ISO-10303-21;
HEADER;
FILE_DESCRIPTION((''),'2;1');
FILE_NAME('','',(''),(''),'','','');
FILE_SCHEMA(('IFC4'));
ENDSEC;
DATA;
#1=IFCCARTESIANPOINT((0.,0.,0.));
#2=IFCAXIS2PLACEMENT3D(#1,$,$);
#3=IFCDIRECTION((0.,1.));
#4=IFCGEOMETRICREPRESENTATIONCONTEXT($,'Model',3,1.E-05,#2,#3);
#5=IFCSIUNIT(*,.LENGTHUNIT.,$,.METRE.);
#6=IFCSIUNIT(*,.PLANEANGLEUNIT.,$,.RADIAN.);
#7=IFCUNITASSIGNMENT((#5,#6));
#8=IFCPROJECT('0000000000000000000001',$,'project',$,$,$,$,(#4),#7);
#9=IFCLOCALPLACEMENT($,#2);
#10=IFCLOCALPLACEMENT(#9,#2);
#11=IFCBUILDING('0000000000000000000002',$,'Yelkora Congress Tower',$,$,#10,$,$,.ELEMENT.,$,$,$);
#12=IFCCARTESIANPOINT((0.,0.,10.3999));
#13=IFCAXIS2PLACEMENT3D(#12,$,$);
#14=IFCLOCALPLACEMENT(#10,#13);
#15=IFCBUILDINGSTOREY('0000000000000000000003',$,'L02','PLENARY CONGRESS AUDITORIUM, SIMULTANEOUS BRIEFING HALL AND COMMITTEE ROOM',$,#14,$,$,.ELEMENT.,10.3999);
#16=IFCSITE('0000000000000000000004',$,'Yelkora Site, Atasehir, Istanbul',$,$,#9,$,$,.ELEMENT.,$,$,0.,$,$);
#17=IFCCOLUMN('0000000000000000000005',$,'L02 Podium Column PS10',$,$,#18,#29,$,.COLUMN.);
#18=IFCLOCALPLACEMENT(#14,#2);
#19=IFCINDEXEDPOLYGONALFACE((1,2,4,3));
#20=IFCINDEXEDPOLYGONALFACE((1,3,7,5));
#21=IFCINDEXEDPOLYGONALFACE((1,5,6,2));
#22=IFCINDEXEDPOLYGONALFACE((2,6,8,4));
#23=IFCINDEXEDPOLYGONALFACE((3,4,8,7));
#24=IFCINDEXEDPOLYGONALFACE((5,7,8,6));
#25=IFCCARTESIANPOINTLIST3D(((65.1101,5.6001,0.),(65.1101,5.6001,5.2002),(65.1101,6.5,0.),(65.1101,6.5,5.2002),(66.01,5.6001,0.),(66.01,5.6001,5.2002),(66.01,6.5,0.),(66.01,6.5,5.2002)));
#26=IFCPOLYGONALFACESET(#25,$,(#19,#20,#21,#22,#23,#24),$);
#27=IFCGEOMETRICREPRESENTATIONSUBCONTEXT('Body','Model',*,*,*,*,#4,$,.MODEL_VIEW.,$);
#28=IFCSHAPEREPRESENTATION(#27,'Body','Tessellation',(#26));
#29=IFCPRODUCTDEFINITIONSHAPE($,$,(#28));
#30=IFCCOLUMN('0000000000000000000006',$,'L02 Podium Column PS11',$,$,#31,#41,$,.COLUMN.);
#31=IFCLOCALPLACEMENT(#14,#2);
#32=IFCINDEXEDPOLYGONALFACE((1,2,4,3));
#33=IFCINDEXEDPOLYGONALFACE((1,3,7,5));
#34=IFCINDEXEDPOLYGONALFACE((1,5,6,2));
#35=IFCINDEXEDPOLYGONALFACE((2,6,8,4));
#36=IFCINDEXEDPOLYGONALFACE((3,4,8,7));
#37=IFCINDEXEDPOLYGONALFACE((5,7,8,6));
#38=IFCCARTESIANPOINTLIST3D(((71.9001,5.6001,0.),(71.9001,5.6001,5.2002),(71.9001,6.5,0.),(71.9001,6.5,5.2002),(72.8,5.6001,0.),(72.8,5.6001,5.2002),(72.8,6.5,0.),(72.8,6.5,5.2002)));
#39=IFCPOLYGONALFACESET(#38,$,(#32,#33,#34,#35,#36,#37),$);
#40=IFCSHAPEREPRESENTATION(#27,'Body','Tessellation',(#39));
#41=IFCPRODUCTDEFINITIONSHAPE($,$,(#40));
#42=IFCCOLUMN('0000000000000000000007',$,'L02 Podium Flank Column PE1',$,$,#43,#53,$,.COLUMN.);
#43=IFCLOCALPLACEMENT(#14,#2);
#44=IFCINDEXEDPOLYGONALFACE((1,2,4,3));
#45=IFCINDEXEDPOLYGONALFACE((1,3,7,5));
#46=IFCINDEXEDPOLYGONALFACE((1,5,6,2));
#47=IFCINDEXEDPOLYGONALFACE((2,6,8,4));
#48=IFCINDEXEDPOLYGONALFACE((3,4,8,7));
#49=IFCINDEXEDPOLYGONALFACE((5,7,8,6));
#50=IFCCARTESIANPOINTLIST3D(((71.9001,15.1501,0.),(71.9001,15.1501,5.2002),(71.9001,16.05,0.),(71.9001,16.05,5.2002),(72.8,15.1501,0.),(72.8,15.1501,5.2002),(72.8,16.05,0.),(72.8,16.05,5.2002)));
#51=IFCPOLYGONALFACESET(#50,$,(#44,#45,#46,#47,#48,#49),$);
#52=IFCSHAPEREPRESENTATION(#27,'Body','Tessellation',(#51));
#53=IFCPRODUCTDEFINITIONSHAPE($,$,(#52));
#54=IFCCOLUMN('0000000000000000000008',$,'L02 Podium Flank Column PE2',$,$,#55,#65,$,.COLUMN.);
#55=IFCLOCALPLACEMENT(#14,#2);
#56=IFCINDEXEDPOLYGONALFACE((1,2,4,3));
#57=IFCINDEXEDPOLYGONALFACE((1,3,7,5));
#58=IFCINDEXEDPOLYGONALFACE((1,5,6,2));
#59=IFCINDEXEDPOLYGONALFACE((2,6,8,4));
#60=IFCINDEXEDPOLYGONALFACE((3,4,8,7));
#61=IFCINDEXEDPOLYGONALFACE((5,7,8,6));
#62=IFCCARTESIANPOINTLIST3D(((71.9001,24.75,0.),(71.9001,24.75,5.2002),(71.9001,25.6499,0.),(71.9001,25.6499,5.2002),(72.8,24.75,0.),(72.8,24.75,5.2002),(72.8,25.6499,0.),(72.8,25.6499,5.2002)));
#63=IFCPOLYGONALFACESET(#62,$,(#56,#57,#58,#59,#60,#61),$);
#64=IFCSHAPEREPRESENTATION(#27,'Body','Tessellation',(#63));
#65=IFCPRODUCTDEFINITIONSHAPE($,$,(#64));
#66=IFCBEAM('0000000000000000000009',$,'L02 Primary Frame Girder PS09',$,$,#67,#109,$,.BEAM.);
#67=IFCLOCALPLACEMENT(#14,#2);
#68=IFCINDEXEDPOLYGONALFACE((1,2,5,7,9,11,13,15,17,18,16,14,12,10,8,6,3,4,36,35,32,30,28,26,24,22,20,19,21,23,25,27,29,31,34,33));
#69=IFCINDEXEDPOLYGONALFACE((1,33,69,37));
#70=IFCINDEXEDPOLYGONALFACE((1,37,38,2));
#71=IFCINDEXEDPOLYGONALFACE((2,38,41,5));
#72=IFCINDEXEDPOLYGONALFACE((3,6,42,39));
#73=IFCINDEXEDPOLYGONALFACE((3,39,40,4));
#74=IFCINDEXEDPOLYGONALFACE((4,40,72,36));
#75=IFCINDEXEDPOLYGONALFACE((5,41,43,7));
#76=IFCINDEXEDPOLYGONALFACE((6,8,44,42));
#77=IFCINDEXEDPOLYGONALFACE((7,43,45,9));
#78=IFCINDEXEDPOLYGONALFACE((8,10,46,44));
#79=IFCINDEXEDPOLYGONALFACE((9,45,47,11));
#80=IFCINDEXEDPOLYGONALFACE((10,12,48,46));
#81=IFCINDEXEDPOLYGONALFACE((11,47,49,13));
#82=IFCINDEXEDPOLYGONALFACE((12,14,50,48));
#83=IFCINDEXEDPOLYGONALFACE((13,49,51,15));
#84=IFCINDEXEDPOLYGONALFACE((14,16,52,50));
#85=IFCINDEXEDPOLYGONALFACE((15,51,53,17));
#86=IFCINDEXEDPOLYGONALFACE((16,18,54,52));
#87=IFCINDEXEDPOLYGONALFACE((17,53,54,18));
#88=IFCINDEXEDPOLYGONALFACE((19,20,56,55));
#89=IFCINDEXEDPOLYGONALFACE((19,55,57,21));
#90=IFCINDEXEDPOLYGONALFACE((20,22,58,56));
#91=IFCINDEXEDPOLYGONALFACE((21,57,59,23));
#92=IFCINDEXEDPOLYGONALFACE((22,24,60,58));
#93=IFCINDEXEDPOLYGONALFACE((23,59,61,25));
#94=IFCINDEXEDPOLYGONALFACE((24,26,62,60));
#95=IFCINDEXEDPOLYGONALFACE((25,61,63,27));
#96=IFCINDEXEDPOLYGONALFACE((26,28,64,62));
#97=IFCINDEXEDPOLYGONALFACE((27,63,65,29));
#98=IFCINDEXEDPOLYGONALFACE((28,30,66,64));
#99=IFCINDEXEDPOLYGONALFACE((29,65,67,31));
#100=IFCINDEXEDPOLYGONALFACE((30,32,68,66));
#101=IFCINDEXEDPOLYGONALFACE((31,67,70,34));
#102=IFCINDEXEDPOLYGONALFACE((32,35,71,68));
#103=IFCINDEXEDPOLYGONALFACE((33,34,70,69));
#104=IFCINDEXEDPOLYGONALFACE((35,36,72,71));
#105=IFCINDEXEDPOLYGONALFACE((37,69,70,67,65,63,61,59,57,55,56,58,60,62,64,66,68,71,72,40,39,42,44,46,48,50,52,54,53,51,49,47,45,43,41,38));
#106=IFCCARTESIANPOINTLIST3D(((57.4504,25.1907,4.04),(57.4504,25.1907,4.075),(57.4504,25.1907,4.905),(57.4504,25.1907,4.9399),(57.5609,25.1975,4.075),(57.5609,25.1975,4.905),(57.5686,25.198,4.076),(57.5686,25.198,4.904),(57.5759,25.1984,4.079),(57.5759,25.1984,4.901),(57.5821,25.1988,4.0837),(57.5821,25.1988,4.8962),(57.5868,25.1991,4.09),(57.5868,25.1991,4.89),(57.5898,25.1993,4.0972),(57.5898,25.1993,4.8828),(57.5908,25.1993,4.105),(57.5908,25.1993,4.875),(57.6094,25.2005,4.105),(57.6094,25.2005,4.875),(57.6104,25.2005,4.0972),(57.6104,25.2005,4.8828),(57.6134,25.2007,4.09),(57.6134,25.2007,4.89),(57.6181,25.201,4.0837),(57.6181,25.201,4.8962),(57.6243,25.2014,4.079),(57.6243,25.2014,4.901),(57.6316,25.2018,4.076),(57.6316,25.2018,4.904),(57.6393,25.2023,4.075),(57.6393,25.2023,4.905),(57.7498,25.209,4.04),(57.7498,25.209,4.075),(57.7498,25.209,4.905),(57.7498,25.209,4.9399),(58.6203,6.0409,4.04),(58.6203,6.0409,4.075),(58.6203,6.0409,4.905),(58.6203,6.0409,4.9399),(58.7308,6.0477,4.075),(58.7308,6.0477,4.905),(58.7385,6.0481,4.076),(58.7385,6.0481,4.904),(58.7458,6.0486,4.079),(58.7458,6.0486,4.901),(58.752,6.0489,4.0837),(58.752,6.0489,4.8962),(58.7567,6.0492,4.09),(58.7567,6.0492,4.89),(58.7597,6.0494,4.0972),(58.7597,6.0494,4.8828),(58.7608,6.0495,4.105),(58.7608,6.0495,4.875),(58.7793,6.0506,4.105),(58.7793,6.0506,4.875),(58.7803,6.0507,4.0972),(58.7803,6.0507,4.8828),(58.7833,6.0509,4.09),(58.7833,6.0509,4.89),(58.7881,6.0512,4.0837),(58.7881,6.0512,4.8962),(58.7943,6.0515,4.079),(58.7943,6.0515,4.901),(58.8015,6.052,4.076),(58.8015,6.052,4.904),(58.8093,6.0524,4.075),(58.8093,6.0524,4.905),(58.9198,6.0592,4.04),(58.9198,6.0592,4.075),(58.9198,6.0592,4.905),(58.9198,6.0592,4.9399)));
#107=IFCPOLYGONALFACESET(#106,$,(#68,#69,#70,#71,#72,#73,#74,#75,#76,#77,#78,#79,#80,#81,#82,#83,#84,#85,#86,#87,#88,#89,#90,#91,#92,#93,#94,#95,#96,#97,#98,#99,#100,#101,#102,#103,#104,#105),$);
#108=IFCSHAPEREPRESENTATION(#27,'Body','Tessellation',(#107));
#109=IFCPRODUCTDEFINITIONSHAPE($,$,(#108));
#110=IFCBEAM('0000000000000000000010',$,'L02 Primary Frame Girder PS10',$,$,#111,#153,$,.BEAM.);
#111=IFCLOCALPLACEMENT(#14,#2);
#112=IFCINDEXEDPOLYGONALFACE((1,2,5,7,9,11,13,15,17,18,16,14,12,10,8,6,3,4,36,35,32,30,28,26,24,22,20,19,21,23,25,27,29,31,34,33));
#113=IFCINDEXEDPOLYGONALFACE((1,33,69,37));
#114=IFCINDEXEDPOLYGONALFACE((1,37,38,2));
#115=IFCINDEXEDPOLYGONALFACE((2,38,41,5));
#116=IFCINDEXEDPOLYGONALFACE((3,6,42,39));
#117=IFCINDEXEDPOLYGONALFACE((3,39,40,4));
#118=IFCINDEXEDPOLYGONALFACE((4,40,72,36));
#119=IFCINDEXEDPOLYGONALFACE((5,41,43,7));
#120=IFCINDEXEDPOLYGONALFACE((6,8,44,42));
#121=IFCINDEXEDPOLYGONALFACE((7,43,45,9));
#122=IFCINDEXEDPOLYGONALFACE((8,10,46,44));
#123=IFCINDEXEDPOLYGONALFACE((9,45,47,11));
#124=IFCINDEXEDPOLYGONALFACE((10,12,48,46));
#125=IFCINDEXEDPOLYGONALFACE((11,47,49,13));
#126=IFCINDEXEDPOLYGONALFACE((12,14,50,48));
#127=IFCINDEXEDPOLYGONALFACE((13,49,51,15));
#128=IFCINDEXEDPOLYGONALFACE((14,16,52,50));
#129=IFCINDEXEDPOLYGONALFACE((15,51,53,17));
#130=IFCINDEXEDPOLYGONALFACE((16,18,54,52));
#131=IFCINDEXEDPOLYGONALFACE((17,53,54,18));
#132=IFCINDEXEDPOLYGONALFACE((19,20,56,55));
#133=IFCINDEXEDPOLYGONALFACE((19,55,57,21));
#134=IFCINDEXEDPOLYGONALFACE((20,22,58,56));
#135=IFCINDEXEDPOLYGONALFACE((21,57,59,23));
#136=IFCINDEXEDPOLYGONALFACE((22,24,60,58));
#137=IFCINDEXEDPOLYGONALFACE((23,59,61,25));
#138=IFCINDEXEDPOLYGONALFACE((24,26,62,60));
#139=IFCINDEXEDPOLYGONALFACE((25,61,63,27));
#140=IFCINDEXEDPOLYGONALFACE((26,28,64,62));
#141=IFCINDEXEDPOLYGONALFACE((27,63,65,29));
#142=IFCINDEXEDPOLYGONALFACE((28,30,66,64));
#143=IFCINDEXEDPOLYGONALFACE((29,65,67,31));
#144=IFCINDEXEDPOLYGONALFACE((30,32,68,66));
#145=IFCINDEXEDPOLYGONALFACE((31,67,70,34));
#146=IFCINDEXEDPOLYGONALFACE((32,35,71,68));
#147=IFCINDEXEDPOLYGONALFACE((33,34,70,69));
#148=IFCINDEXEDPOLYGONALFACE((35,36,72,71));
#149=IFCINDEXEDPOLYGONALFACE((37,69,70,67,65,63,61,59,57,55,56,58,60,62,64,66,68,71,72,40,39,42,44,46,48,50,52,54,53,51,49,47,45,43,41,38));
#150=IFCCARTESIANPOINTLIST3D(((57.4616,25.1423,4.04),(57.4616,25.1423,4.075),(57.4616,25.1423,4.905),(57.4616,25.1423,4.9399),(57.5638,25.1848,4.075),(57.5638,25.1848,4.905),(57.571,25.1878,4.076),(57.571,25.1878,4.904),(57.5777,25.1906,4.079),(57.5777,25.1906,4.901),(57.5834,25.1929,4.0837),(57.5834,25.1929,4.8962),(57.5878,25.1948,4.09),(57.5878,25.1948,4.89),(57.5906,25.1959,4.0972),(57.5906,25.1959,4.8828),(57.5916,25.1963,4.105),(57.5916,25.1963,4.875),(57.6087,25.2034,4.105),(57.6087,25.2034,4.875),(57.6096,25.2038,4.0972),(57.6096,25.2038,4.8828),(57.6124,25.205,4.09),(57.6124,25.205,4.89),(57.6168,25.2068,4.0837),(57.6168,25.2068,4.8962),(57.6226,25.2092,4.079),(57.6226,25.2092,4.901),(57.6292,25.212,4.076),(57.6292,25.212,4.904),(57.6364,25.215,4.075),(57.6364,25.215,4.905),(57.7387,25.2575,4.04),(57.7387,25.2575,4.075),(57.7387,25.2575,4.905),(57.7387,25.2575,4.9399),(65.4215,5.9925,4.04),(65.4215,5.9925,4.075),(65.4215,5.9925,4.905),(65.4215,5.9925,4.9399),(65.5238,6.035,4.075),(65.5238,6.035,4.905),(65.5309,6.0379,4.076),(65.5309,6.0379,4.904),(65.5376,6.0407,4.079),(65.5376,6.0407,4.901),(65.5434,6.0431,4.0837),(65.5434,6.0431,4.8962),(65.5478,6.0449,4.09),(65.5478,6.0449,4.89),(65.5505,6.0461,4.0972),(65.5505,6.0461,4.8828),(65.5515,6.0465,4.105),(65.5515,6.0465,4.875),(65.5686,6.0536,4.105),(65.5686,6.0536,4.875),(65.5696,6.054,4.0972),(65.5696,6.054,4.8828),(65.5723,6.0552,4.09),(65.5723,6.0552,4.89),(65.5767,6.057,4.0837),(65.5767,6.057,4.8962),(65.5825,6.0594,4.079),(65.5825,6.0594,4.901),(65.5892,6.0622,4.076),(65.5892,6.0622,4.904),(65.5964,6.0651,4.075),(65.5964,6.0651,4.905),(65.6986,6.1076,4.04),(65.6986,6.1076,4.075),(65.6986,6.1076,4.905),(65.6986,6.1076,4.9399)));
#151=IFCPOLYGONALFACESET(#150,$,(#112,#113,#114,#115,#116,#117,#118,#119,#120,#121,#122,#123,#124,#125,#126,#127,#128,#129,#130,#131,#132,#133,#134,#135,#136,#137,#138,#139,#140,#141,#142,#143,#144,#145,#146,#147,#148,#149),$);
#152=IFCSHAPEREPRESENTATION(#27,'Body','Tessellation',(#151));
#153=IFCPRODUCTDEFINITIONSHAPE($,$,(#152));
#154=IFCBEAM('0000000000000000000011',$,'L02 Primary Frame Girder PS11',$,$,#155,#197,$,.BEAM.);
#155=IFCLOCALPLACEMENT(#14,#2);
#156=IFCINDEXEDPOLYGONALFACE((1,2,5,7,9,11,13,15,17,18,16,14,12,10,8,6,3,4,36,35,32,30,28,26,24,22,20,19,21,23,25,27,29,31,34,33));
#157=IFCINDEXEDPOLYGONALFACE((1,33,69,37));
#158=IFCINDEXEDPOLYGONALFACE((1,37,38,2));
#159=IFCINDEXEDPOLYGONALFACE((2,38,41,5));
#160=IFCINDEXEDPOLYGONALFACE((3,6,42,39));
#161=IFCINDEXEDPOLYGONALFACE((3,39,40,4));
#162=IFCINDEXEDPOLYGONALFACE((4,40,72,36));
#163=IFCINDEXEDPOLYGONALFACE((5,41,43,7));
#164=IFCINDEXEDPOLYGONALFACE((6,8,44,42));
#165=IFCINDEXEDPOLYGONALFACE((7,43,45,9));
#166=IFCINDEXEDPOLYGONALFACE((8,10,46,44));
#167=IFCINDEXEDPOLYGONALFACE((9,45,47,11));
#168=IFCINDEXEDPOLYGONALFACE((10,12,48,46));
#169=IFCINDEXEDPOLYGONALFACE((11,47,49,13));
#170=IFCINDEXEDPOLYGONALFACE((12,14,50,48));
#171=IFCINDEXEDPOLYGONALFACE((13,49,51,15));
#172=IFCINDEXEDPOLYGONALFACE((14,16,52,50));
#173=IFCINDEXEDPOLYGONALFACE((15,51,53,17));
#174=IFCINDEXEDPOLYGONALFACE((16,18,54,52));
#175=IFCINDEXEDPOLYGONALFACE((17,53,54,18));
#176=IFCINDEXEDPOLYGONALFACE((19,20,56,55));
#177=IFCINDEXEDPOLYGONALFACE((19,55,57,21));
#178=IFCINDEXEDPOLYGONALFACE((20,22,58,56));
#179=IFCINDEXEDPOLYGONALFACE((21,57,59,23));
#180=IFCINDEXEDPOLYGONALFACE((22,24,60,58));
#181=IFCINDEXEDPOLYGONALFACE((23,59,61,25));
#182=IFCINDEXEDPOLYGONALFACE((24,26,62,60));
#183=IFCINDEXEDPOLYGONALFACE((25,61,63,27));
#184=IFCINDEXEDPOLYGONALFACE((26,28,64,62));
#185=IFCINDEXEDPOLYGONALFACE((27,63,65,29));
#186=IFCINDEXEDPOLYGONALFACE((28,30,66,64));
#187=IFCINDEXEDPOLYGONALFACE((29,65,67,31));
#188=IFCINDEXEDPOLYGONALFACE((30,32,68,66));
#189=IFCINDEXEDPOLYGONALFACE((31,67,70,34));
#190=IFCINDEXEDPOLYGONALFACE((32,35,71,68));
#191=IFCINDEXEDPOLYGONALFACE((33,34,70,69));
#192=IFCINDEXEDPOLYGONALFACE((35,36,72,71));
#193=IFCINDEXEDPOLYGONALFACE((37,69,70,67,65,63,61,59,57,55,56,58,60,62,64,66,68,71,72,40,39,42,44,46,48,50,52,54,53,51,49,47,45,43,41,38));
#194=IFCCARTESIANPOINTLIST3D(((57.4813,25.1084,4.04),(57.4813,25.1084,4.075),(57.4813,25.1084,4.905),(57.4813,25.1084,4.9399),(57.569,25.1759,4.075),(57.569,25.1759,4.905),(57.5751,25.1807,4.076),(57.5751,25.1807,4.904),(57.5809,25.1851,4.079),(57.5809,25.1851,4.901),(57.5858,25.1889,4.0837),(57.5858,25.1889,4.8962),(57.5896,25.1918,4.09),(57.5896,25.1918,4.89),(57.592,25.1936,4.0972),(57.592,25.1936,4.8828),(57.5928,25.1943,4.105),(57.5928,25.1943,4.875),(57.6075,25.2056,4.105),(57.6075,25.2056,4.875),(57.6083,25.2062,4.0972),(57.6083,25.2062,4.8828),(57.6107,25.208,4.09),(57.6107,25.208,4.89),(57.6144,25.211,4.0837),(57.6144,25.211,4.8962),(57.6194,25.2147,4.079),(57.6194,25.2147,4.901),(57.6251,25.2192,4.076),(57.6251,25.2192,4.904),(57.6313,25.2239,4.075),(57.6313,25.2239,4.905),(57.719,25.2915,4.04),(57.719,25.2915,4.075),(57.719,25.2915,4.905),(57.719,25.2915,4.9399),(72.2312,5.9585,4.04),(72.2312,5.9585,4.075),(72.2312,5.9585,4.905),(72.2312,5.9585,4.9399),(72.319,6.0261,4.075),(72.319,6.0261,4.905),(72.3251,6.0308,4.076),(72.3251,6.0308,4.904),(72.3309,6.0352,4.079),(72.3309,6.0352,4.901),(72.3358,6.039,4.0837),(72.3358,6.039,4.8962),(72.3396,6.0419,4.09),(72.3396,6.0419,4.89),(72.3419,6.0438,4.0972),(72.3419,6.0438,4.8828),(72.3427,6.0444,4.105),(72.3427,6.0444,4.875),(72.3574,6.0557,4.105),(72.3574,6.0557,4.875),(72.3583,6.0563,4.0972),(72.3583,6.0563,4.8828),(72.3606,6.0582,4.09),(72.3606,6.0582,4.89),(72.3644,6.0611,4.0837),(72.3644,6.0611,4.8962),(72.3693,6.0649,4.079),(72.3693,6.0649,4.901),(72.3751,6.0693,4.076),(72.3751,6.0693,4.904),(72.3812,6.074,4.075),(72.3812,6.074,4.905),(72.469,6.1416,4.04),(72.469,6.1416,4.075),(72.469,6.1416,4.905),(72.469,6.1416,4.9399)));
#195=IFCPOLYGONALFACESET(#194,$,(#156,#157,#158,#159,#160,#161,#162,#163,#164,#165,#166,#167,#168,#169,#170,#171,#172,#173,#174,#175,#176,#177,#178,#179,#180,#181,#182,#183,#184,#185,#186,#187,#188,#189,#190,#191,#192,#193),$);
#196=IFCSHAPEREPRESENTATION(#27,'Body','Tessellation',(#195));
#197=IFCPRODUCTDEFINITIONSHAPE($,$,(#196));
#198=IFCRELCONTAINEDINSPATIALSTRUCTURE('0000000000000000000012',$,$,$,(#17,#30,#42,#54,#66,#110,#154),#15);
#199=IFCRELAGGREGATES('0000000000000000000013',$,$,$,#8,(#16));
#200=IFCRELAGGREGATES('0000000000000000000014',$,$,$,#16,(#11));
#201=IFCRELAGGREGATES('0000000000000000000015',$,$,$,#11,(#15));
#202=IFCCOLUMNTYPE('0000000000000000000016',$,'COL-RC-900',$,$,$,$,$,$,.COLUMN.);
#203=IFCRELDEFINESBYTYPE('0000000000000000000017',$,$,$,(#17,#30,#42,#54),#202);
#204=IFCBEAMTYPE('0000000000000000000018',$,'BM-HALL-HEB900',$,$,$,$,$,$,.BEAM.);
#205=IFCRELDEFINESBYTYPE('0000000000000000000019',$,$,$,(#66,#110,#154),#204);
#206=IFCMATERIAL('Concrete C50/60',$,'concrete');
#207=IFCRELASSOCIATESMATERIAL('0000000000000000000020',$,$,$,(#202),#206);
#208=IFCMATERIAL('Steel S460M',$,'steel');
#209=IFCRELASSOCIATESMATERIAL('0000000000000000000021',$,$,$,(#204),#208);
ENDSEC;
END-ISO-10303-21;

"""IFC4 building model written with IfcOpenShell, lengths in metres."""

from ifc_helpers import new_model, si_unit, direction, frame, origin, origin_2d, place, context, subcontext, project, spatial, rectangle, i_section, extrude, material, material_profile, profile_set, type_object, element, save


model = new_model("IFC4")

# Units and contexts
model_context = context("Model", 3, precision=1e-05, world=origin(), true_north=direction((0.0, 1.0)))
body_context = subcontext(model_context, "Body", "Model", "MODEL_VIEW")
ifc_project = project(units=[si_unit("LENGTHUNIT", "METRE"), si_unit("PLANEANGLEUNIT", "RADIAN")], contexts=[model_context])

# Site, building, storey
site_placement = place(None, origin())
site = spatial("IfcSite", under=ifc_project, at=site_placement, Name="Yelkora Site, Atasehir, Istanbul", CompositionType="ELEMENT", RefElevation=0.0)
building_placement = place(site_placement, origin())
building = spatial("IfcBuilding", under=site, at=building_placement, Name="Yelkora Congress Tower", CompositionType="ELEMENT")
storey_placement = place(building_placement, frame((0.0, 0.0, 10.3999)))
storey = spatial("IfcBuildingStorey", under=building, at=storey_placement, Name="L02", Description="PLENARY CONGRESS AUDITORIUM, SIMULTANEOUS BRIEFING HALL AND COMMITTEE ROOM", CompositionType="ELEMENT", Elevation=10.3999)

# Columns
ifc_material_1 = material(Name="Concrete C50/60", Category="concrete")
ifc_material_profile_1 = material_profile(ifc_material_1, rectangle(XDim=0.8999, YDim=0.8999, at=origin_2d()), Name="RC 900x900")
ifc_profile_set_1 = profile_set([ifc_material_profile_1], Name="Concrete C50/60")
column_type = type_object("IfcColumnType", Name="COL-RC-900", PredefinedType="COLUMN", material=ifc_profile_set_1)
for number, where, z_axis, x_axis, name in (
    (1, (65.5601, 6.05, 0.0), (0.0, 0.0, 1.0), (1.0, 0.0, 0.0), "L02 Podium Column PS10"),
    (2, (72.3501, 6.05, 0.0), (0.0, 0.0, 1.0), (1.0, 0.0, 0.0), "L02 Podium Column PS11"),
    (3, (72.3501, 15.6001, 0.0), (0.0, 0.0, 1.0), (1.0, 0.0, 0.0), "L02 Podium Flank Column PE1"),
    (4, (72.3501, 25.2, 0.0), (0.0, 0.0, 1.0), (1.0, 0.0, 0.0), "L02 Podium Flank Column PE2"),
):
    element("IfcColumn", number, at=place(storey_placement, frame(where, z_axis=z_axis, x_axis=x_axis)), inside=storey, type_object=column_type, Name=name, PredefinedType="COLUMN", context=body_context, shape_type="SweptSolid", body=[
        extrude(rectangle(XDim=0.8999, YDim=0.8999, at=origin_2d()), origin(), (0.0, 0.0, 1.0), 5.2002),
    ])

# Beams
ifc_material_2 = material(Name="Steel S460M", Category="steel")
ifc_material_profile_2 = material_profile(ifc_material_2, i_section(OverallWidth=0.3, OverallDepth=0.8999, WebThickness=0.0186, FlangeThickness=0.0349, FilletRadius=0.03, at=origin_2d()), Name="HEB 900")
ifc_profile_set_2 = profile_set([ifc_material_profile_2], Name="Steel S460M")
beam_type_1 = type_object("IfcBeamType", Name="BM-HALL-HEB900", PredefinedType="BEAM", material=ifc_profile_set_2)
beam_1_placement = place(storey_placement, frame((58.77, 6.05, 4.49), z_axis=(-0.060979, 0.998139, 0.0), x_axis=(-0.998139, -0.060979, 0.0)))
element("IfcBeam", 5, at=beam_1_placement, inside=storey, type_object=beam_type_1, Name="L02 Primary Frame Girder PS09", PredefinedType="BEAM", context=body_context, shape_type="SweptSolid", body=[
    extrude(i_section(OverallWidth=0.3, OverallDepth=0.8999, WebThickness=0.0186, FlangeThickness=0.0349, FilletRadius=0.03, at=origin_2d()), origin(), (0.0, 0.0, 1.0), 19.1855),
])
beam_2_placement = place(storey_placement, frame((65.5601, 6.05, 4.49), z_axis=(-0.383828, 0.923405, 0.0), x_axis=(-0.923405, -0.383828, 0.0)))
element("IfcBeam", 6, at=beam_2_placement, inside=storey, type_object=beam_type_1, Name="L02 Primary Frame Girder PS10", PredefinedType="BEAM", context=body_context, shape_type="SweptSolid", body=[
    extrude(i_section(OverallWidth=0.3, OverallDepth=0.8999, WebThickness=0.0186, FlangeThickness=0.0349, FilletRadius=0.03, at=origin_2d()), origin(), (0.0, 0.0, 1.0), 20.7383),
])
beam_3_placement = place(storey_placement, frame((72.3501, 6.05, 4.49), z_axis=(-0.610212, 0.792238, 0.0), x_axis=(-0.792238, -0.610212, 0.0)))
element("IfcBeam", 7, at=beam_3_placement, inside=storey, type_object=beam_type_1, Name="L02 Primary Frame Girder PS11", PredefinedType="BEAM", context=body_context, shape_type="SweptSolid", body=[
    extrude(i_section(OverallWidth=0.3, OverallDepth=0.8999, WebThickness=0.0186, FlangeThickness=0.0349, FilletRadius=0.03, at=origin_2d()), origin(), (0.0, 0.0, 1.0), 24.1719),
])

save(model, "model.ifc")
